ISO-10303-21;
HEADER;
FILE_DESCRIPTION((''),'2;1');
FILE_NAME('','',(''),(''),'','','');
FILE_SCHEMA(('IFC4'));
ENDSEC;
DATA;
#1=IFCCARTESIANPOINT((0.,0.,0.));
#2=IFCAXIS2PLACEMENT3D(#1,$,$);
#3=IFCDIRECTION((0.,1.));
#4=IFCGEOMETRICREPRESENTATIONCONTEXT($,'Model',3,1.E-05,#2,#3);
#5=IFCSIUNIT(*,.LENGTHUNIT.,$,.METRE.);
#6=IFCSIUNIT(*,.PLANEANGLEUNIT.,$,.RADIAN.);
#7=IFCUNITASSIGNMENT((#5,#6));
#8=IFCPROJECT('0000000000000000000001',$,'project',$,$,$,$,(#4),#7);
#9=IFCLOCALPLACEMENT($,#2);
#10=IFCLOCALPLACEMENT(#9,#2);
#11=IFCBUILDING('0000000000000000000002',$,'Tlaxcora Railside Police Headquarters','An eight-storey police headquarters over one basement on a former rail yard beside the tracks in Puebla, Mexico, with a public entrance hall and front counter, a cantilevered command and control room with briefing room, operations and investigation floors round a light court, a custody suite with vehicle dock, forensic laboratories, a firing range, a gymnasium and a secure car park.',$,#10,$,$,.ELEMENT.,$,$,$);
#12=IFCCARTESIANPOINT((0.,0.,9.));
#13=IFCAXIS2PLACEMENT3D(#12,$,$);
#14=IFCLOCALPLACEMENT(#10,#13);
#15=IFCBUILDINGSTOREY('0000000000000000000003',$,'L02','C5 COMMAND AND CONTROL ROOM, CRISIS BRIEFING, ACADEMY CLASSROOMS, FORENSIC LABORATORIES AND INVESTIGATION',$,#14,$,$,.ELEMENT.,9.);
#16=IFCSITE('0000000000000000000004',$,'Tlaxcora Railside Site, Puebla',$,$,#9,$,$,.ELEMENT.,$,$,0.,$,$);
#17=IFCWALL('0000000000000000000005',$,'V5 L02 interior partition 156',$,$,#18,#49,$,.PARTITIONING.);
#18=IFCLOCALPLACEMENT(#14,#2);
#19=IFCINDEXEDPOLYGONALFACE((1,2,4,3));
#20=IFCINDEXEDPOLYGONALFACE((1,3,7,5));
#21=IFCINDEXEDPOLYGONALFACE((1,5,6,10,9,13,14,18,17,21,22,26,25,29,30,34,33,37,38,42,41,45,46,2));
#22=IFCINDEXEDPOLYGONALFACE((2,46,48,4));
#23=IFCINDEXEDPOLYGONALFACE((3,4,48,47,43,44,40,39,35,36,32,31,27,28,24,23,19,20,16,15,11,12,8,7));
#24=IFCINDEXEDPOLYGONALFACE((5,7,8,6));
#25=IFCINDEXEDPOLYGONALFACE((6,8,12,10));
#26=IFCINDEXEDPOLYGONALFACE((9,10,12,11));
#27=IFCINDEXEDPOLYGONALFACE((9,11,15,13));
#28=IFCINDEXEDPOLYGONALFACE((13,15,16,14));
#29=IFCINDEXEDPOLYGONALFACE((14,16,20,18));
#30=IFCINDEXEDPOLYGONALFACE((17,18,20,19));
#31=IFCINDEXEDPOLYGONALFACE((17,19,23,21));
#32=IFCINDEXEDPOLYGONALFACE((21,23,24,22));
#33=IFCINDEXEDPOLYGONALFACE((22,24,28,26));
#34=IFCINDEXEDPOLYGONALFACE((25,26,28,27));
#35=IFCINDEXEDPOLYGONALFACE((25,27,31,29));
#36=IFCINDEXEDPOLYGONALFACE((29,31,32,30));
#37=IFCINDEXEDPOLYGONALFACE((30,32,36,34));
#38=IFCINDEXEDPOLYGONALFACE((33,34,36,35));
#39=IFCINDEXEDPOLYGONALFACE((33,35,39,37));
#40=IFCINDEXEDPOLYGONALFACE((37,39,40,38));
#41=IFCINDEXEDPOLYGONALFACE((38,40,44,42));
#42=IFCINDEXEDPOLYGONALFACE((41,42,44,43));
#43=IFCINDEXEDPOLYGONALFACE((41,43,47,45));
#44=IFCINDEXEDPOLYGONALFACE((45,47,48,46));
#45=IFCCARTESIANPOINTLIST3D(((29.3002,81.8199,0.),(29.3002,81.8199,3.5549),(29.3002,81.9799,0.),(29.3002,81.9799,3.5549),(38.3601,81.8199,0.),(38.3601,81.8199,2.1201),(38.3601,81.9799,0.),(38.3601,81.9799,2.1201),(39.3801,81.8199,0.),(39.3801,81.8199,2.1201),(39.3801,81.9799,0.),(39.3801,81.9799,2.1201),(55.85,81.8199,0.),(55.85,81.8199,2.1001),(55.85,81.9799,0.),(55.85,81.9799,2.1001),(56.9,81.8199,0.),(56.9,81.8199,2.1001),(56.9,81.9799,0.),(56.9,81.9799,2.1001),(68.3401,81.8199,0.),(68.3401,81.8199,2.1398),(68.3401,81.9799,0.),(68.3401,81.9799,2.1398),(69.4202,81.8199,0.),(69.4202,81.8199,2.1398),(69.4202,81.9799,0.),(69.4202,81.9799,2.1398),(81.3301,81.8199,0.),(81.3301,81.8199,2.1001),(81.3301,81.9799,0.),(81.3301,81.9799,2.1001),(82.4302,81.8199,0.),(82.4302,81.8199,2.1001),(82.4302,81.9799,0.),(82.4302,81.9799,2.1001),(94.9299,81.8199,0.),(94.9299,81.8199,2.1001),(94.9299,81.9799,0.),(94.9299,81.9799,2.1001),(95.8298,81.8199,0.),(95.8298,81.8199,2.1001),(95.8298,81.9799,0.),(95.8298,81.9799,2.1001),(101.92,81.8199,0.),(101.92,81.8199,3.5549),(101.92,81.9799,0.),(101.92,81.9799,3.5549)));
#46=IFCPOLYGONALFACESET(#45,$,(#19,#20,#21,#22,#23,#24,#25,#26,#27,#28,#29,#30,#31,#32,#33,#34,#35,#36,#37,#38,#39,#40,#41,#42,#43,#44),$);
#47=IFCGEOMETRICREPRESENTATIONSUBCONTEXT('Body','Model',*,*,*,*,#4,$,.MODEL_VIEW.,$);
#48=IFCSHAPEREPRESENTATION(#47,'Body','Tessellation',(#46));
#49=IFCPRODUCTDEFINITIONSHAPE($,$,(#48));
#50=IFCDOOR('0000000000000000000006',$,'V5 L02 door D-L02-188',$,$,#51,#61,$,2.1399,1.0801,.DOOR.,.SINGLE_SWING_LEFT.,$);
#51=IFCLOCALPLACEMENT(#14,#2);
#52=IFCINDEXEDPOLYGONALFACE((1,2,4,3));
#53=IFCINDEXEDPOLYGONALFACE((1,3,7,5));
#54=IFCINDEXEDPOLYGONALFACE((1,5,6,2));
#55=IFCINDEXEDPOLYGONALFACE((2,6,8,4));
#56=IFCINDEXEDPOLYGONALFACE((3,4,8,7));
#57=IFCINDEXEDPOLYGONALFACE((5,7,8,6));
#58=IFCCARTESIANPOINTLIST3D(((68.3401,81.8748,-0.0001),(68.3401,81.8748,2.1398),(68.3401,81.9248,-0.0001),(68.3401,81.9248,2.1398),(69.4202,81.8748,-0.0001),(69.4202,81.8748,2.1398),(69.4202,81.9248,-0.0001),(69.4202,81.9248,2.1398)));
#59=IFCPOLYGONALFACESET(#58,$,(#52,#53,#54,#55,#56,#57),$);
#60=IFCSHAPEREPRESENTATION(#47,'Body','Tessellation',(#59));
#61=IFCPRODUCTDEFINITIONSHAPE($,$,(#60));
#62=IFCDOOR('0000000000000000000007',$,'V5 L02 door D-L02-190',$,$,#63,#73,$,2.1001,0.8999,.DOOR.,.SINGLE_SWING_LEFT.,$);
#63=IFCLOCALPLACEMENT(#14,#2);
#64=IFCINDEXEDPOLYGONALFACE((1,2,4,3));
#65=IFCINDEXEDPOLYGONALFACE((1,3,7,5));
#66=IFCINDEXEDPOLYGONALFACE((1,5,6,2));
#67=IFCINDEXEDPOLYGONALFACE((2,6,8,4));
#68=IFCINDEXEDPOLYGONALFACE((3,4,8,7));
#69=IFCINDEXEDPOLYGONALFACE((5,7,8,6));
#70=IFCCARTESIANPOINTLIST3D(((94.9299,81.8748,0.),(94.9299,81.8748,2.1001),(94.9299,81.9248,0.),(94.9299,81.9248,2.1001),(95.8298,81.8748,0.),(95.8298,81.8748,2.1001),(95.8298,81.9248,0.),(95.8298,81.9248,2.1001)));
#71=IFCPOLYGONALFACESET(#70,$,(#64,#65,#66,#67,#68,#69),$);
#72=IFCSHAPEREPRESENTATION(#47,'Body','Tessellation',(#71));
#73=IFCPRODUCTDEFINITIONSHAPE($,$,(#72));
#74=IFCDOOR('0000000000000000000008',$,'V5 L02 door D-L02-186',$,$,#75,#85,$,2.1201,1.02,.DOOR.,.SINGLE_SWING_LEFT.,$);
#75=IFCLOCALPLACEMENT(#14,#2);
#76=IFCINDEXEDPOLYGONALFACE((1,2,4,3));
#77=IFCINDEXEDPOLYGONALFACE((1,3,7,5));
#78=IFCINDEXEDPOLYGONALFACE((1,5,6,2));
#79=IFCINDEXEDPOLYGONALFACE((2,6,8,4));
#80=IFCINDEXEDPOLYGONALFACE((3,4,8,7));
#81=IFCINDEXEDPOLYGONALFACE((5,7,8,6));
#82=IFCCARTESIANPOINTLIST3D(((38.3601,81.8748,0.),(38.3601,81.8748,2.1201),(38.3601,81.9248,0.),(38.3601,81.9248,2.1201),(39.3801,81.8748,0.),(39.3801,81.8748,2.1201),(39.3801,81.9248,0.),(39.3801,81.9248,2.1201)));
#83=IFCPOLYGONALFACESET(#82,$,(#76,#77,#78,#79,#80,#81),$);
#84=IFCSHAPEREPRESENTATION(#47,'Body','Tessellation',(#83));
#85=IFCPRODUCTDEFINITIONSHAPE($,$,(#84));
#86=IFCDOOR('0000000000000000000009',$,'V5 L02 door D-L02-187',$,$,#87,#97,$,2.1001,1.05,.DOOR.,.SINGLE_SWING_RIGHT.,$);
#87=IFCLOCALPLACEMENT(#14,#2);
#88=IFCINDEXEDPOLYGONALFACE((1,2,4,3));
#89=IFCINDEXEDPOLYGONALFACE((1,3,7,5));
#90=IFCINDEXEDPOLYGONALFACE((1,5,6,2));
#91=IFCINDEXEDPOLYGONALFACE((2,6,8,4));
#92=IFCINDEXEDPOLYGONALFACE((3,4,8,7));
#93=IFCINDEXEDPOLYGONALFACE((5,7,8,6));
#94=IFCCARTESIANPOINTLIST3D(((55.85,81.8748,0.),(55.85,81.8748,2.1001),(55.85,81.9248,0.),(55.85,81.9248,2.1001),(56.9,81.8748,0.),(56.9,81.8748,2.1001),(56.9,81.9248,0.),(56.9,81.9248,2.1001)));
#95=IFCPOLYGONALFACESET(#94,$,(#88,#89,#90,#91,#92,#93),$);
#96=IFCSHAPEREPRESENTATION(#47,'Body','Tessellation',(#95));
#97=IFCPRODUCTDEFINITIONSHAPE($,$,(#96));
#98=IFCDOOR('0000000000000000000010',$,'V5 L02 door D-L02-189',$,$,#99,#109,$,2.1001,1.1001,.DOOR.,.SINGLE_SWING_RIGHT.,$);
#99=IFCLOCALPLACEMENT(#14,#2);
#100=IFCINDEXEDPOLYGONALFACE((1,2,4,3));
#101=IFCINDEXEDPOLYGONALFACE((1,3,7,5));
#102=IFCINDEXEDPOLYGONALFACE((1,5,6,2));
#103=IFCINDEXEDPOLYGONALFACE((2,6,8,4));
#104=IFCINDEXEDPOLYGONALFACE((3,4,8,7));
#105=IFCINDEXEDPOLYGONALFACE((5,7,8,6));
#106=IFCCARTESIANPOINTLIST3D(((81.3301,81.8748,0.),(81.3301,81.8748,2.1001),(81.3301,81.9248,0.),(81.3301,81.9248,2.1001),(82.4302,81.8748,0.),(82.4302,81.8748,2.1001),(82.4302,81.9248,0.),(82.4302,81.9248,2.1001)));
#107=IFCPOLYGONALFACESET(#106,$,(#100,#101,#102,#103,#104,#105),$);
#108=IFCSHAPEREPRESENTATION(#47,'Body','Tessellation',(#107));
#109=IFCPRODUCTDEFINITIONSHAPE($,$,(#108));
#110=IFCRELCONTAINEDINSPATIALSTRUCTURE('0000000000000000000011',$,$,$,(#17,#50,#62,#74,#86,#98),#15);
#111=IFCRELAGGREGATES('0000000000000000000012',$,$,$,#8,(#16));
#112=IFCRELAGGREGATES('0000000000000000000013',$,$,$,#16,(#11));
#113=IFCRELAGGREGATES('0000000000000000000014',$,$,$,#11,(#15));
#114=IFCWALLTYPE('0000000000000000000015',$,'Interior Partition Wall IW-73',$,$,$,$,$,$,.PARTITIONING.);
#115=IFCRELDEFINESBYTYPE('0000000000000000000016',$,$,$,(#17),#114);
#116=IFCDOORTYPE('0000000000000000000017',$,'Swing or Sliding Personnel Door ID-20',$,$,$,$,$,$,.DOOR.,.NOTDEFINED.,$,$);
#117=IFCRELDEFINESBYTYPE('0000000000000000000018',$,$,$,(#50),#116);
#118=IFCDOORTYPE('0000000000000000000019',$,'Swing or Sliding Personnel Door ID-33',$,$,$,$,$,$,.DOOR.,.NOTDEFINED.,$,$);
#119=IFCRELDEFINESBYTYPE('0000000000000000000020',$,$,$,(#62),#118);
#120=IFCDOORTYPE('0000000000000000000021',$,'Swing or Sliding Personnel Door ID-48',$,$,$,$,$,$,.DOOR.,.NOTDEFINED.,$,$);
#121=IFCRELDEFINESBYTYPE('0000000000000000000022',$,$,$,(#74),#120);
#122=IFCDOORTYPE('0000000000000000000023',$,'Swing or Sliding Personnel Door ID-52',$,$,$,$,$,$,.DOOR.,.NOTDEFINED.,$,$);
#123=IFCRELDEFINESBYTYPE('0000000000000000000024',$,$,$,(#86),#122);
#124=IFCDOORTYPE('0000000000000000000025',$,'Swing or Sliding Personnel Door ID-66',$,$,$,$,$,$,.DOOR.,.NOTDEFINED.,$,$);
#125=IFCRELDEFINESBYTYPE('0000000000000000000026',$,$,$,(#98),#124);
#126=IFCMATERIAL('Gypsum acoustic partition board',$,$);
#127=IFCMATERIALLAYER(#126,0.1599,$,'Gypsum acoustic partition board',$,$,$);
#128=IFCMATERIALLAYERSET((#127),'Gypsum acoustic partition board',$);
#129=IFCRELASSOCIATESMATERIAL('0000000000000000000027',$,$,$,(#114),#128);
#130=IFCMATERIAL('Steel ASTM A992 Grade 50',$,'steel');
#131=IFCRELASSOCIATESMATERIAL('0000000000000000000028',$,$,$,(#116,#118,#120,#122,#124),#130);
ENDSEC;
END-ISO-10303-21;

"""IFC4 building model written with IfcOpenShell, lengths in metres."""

from ifc_helpers import new_model, si_unit, direction, frame, frame_2d, origin, place, context, subcontext, project, spatial, rectangle, extrude, material, layer, layer_set, type_object, element, fill, save


model = new_model("IFC4")

# Units and contexts
model_context = context("Model", 3, precision=1e-05, world=origin(), true_north=direction((0.0, 1.0)))
body_context = subcontext(model_context, "Body", "Model", "MODEL_VIEW")
ifc_project = project(units=[si_unit("LENGTHUNIT", "METRE"), si_unit("PLANEANGLEUNIT", "RADIAN")], contexts=[model_context])

# Site, building, storey
site_placement = place(None, origin())
site = spatial("IfcSite", under=ifc_project, at=site_placement, Name="Tlaxcora Railside Site, Puebla", CompositionType="ELEMENT", RefElevation=0.0)
building_placement = place(site_placement, origin())
building = spatial("IfcBuilding", under=site, at=building_placement, Name="Tlaxcora Railside Police Headquarters", Description="An eight-storey police headquarters over one basement on a former rail yard beside the tracks in Puebla, Mexico, with a public entrance hall and front counter, a cantilevered command and control room with briefing room, operations and investigation floors round a light court, a custody suite with vehicle dock, forensic laboratories, a firing range, a gymnasium and a secure car park.", CompositionType="ELEMENT")
storey_placement = place(building_placement, frame((0.0, 0.0, 9.0)))
storey = spatial("IfcBuildingStorey", under=building, at=storey_placement, Name="L02", Description="C5 COMMAND AND CONTROL ROOM, CRISIS BRIEFING, ACADEMY CLASSROOMS, FORENSIC LABORATORIES AND INVESTIGATION", CompositionType="ELEMENT", Elevation=9.0)

# Wall, openings, doors
ifc_material_1 = material(Name="Gypsum acoustic partition board")
ifc_layer_1 = layer(ifc_material_1, 0.1599, Name="Gypsum acoustic partition board")
ifc_layer_set_1 = layer_set([ifc_layer_1], Name="Gypsum acoustic partition board")
wall_type_1 = type_object("IfcWallType", Name="Interior Partition Wall IW-73", PredefinedType="PARTITIONING", material=ifc_layer_set_1)
wall_1_placement = place(storey_placement, frame((29.3, 81.8999, 0.0), z_axis=(0.0, 0.0, 1.0), x_axis=(1.0, 0.0, 0.0)))
wall_1 = element("IfcWall", 1, at=wall_1_placement, inside=storey, type_object=wall_type_1, Name="V5 L02 interior partition 156", PredefinedType="PARTITIONING", context=body_context, shape_type="SweptSolid", body=[
    extrude(rectangle(XDim=72.6199, YDim=0.1599, at=frame_2d((36.3101, 0.0))), origin(), (0.0, 0.0, 1.0), 3.5549),
])
opening_1_placement = place(wall_1_placement, frame((9.0601, 0.0, 0.0)))
opening_1 = element("IfcOpeningElement", 2, at=opening_1_placement, cuts=wall_1, PredefinedType="OPENING", context=body_context, shape_type="SweptSolid", body=[
    extrude(rectangle(XDim=1.02, YDim=2.1201, at=frame_2d((0.51, 1.0601))), frame((0.0, 0.0898, 0.0), z_axis=(0.0, -1.0, 0.0), x_axis=(1.0, 0.0, 0.0)), (0.0, 0.0, 1.0), 0.1799),
])
opening_2_placement = place(wall_1_placement, frame((26.55, 0.0, 0.0)))
opening_2 = element("IfcOpeningElement", 3, at=opening_2_placement, cuts=wall_1, PredefinedType="OPENING", context=body_context, shape_type="SweptSolid", body=[
    extrude(rectangle(XDim=1.05, YDim=2.1001, at=frame_2d((0.5249, 1.05))), frame((0.0, 0.0898, 0.0), z_axis=(0.0, -1.0, 0.0), x_axis=(1.0, 0.0, 0.0)), (0.0, 0.0, 1.0), 0.1799),
])
opening_3_placement = place(wall_1_placement, frame((39.04, 0.0, 0.0)))
opening_3 = element("IfcOpeningElement", 4, at=opening_3_placement, cuts=wall_1, PredefinedType="OPENING", context=body_context, shape_type="SweptSolid", body=[
    extrude(rectangle(XDim=1.0801, YDim=2.1399, at=frame_2d((0.54, 1.0698))), frame((0.0, 0.0898, 0.0), z_axis=(0.0, -1.0, 0.0), x_axis=(1.0, 0.0, 0.0)), (0.0, 0.0, 1.0), 0.1799),
])
opening_4_placement = place(wall_1_placement, frame((52.03, 0.0, 0.0)))
opening_4 = element("IfcOpeningElement", 5, at=opening_4_placement, cuts=wall_1, PredefinedType="OPENING", context=body_context, shape_type="SweptSolid", body=[
    extrude(rectangle(XDim=1.1001, YDim=2.1001, at=frame_2d((0.55, 1.05))), frame((0.0, 0.0898, 0.0), z_axis=(0.0, -1.0, 0.0), x_axis=(1.0, 0.0, 0.0)), (0.0, 0.0, 1.0), 0.1799),
])
opening_5_placement = place(wall_1_placement, frame((65.6299, 0.0, 0.0)))
opening_5 = element("IfcOpeningElement", 6, at=opening_5_placement, cuts=wall_1, PredefinedType="OPENING", context=body_context, shape_type="SweptSolid", body=[
    extrude(rectangle(XDim=0.8999, YDim=2.1001, at=frame_2d((0.45, 1.05))), frame((0.0, 0.0898, 0.0), z_axis=(0.0, -1.0, 0.0), x_axis=(1.0, 0.0, 0.0)), (0.0, 0.0, 1.0), 0.1799),
])
ifc_material_2 = material(Name="Steel ASTM A992 Grade 50", Category="steel")
door_type_1 = type_object("IfcDoorType", Name="Swing or Sliding Personnel Door ID-20", OperationType="NOTDEFINED", PredefinedType="DOOR", material=ifc_material_2)
door_1_placement = place(opening_3_placement, origin())
door_1 = element("IfcDoor", 7, at=door_1_placement, inside=storey, type_object=door_type_1, Name="V5 L02 door D-L02-188", OperationType="SINGLE_SWING_LEFT", OverallHeight=2.1399, OverallWidth=1.0801, PredefinedType="DOOR", context=body_context, shape_type="SweptSolid", body=[
    extrude(rectangle(XDim=1.0801, YDim=2.1399, at=frame_2d((0.54, 1.0698))), frame((0.0, 0.0249, 0.0), z_axis=(0.0, -1.0, 0.0), x_axis=(1.0, 0.0, 0.0)), (0.0, 0.0, 1.0), 0.05),
])
fill(opening_3, door_1)
door_type_2 = type_object("IfcDoorType", Name="Swing or Sliding Personnel Door ID-33", OperationType="NOTDEFINED", PredefinedType="DOOR", material=ifc_material_2)
door_2_placement = place(opening_5_placement, origin())
door_2 = element("IfcDoor", 8, at=door_2_placement, inside=storey, type_object=door_type_2, Name="V5 L02 door D-L02-190", OperationType="SINGLE_SWING_LEFT", OverallHeight=2.1001, OverallWidth=0.8999, PredefinedType="DOOR", context=body_context, shape_type="SweptSolid", body=[
    extrude(rectangle(XDim=0.8999, YDim=2.1001, at=frame_2d((0.45, 1.05))), frame((0.0, 0.0249, 0.0), z_axis=(0.0, -1.0, 0.0), x_axis=(1.0, 0.0, 0.0)), (0.0, 0.0, 1.0), 0.05),
])
fill(opening_5, door_2)
door_type_3 = type_object("IfcDoorType", Name="Swing or Sliding Personnel Door ID-48", OperationType="NOTDEFINED", PredefinedType="DOOR", material=ifc_material_2)
door_3_placement = place(opening_1_placement, origin())
door_3 = element("IfcDoor", 9, at=door_3_placement, inside=storey, type_object=door_type_3, Name="V5 L02 door D-L02-186", OperationType="SINGLE_SWING_LEFT", OverallHeight=2.1201, OverallWidth=1.02, PredefinedType="DOOR", context=body_context, shape_type="SweptSolid", body=[
    extrude(rectangle(XDim=1.02, YDim=2.1201, at=frame_2d((0.51, 1.0601))), frame((0.0, 0.0249, 0.0), z_axis=(0.0, -1.0, 0.0), x_axis=(1.0, 0.0, 0.0)), (0.0, 0.0, 1.0), 0.05),
])
fill(opening_1, door_3)
door_type_4 = type_object("IfcDoorType", Name="Swing or Sliding Personnel Door ID-52", OperationType="NOTDEFINED", PredefinedType="DOOR", material=ifc_material_2)
door_4_placement = place(opening_2_placement, origin())
door_4 = element("IfcDoor", 10, at=door_4_placement, inside=storey, type_object=door_type_4, Name="V5 L02 door D-L02-187", OperationType="SINGLE_SWING_RIGHT", OverallHeight=2.1001, OverallWidth=1.05, PredefinedType="DOOR", context=body_context, shape_type="SweptSolid", body=[
    extrude(rectangle(XDim=1.05, YDim=2.1001, at=frame_2d((0.5249, 1.05))), frame((0.0, 0.0249, 0.0), z_axis=(0.0, -1.0, 0.0), x_axis=(1.0, 0.0, 0.0)), (0.0, 0.0, 1.0), 0.05),
])
fill(opening_2, door_4)
door_type_5 = type_object("IfcDoorType", Name="Swing or Sliding Personnel Door ID-66", OperationType="NOTDEFINED", PredefinedType="DOOR", material=ifc_material_2)
door_5_placement = place(opening_4_placement, origin())
door_5 = element("IfcDoor", 11, at=door_5_placement, inside=storey, type_object=door_type_5, Name="V5 L02 door D-L02-189", OperationType="SINGLE_SWING_RIGHT", OverallHeight=2.1001, OverallWidth=1.1001, PredefinedType="DOOR", context=body_context, shape_type="SweptSolid", body=[
    extrude(rectangle(XDim=1.1001, YDim=2.1001, at=frame_2d((0.55, 1.05))), frame((0.0, 0.0249, 0.0), z_axis=(0.0, -1.0, 0.0), x_axis=(1.0, 0.0, 0.0)), (0.0, 0.0, 1.0), 0.05),
])
fill(opening_4, door_5)

save(model, "model.ifc")
